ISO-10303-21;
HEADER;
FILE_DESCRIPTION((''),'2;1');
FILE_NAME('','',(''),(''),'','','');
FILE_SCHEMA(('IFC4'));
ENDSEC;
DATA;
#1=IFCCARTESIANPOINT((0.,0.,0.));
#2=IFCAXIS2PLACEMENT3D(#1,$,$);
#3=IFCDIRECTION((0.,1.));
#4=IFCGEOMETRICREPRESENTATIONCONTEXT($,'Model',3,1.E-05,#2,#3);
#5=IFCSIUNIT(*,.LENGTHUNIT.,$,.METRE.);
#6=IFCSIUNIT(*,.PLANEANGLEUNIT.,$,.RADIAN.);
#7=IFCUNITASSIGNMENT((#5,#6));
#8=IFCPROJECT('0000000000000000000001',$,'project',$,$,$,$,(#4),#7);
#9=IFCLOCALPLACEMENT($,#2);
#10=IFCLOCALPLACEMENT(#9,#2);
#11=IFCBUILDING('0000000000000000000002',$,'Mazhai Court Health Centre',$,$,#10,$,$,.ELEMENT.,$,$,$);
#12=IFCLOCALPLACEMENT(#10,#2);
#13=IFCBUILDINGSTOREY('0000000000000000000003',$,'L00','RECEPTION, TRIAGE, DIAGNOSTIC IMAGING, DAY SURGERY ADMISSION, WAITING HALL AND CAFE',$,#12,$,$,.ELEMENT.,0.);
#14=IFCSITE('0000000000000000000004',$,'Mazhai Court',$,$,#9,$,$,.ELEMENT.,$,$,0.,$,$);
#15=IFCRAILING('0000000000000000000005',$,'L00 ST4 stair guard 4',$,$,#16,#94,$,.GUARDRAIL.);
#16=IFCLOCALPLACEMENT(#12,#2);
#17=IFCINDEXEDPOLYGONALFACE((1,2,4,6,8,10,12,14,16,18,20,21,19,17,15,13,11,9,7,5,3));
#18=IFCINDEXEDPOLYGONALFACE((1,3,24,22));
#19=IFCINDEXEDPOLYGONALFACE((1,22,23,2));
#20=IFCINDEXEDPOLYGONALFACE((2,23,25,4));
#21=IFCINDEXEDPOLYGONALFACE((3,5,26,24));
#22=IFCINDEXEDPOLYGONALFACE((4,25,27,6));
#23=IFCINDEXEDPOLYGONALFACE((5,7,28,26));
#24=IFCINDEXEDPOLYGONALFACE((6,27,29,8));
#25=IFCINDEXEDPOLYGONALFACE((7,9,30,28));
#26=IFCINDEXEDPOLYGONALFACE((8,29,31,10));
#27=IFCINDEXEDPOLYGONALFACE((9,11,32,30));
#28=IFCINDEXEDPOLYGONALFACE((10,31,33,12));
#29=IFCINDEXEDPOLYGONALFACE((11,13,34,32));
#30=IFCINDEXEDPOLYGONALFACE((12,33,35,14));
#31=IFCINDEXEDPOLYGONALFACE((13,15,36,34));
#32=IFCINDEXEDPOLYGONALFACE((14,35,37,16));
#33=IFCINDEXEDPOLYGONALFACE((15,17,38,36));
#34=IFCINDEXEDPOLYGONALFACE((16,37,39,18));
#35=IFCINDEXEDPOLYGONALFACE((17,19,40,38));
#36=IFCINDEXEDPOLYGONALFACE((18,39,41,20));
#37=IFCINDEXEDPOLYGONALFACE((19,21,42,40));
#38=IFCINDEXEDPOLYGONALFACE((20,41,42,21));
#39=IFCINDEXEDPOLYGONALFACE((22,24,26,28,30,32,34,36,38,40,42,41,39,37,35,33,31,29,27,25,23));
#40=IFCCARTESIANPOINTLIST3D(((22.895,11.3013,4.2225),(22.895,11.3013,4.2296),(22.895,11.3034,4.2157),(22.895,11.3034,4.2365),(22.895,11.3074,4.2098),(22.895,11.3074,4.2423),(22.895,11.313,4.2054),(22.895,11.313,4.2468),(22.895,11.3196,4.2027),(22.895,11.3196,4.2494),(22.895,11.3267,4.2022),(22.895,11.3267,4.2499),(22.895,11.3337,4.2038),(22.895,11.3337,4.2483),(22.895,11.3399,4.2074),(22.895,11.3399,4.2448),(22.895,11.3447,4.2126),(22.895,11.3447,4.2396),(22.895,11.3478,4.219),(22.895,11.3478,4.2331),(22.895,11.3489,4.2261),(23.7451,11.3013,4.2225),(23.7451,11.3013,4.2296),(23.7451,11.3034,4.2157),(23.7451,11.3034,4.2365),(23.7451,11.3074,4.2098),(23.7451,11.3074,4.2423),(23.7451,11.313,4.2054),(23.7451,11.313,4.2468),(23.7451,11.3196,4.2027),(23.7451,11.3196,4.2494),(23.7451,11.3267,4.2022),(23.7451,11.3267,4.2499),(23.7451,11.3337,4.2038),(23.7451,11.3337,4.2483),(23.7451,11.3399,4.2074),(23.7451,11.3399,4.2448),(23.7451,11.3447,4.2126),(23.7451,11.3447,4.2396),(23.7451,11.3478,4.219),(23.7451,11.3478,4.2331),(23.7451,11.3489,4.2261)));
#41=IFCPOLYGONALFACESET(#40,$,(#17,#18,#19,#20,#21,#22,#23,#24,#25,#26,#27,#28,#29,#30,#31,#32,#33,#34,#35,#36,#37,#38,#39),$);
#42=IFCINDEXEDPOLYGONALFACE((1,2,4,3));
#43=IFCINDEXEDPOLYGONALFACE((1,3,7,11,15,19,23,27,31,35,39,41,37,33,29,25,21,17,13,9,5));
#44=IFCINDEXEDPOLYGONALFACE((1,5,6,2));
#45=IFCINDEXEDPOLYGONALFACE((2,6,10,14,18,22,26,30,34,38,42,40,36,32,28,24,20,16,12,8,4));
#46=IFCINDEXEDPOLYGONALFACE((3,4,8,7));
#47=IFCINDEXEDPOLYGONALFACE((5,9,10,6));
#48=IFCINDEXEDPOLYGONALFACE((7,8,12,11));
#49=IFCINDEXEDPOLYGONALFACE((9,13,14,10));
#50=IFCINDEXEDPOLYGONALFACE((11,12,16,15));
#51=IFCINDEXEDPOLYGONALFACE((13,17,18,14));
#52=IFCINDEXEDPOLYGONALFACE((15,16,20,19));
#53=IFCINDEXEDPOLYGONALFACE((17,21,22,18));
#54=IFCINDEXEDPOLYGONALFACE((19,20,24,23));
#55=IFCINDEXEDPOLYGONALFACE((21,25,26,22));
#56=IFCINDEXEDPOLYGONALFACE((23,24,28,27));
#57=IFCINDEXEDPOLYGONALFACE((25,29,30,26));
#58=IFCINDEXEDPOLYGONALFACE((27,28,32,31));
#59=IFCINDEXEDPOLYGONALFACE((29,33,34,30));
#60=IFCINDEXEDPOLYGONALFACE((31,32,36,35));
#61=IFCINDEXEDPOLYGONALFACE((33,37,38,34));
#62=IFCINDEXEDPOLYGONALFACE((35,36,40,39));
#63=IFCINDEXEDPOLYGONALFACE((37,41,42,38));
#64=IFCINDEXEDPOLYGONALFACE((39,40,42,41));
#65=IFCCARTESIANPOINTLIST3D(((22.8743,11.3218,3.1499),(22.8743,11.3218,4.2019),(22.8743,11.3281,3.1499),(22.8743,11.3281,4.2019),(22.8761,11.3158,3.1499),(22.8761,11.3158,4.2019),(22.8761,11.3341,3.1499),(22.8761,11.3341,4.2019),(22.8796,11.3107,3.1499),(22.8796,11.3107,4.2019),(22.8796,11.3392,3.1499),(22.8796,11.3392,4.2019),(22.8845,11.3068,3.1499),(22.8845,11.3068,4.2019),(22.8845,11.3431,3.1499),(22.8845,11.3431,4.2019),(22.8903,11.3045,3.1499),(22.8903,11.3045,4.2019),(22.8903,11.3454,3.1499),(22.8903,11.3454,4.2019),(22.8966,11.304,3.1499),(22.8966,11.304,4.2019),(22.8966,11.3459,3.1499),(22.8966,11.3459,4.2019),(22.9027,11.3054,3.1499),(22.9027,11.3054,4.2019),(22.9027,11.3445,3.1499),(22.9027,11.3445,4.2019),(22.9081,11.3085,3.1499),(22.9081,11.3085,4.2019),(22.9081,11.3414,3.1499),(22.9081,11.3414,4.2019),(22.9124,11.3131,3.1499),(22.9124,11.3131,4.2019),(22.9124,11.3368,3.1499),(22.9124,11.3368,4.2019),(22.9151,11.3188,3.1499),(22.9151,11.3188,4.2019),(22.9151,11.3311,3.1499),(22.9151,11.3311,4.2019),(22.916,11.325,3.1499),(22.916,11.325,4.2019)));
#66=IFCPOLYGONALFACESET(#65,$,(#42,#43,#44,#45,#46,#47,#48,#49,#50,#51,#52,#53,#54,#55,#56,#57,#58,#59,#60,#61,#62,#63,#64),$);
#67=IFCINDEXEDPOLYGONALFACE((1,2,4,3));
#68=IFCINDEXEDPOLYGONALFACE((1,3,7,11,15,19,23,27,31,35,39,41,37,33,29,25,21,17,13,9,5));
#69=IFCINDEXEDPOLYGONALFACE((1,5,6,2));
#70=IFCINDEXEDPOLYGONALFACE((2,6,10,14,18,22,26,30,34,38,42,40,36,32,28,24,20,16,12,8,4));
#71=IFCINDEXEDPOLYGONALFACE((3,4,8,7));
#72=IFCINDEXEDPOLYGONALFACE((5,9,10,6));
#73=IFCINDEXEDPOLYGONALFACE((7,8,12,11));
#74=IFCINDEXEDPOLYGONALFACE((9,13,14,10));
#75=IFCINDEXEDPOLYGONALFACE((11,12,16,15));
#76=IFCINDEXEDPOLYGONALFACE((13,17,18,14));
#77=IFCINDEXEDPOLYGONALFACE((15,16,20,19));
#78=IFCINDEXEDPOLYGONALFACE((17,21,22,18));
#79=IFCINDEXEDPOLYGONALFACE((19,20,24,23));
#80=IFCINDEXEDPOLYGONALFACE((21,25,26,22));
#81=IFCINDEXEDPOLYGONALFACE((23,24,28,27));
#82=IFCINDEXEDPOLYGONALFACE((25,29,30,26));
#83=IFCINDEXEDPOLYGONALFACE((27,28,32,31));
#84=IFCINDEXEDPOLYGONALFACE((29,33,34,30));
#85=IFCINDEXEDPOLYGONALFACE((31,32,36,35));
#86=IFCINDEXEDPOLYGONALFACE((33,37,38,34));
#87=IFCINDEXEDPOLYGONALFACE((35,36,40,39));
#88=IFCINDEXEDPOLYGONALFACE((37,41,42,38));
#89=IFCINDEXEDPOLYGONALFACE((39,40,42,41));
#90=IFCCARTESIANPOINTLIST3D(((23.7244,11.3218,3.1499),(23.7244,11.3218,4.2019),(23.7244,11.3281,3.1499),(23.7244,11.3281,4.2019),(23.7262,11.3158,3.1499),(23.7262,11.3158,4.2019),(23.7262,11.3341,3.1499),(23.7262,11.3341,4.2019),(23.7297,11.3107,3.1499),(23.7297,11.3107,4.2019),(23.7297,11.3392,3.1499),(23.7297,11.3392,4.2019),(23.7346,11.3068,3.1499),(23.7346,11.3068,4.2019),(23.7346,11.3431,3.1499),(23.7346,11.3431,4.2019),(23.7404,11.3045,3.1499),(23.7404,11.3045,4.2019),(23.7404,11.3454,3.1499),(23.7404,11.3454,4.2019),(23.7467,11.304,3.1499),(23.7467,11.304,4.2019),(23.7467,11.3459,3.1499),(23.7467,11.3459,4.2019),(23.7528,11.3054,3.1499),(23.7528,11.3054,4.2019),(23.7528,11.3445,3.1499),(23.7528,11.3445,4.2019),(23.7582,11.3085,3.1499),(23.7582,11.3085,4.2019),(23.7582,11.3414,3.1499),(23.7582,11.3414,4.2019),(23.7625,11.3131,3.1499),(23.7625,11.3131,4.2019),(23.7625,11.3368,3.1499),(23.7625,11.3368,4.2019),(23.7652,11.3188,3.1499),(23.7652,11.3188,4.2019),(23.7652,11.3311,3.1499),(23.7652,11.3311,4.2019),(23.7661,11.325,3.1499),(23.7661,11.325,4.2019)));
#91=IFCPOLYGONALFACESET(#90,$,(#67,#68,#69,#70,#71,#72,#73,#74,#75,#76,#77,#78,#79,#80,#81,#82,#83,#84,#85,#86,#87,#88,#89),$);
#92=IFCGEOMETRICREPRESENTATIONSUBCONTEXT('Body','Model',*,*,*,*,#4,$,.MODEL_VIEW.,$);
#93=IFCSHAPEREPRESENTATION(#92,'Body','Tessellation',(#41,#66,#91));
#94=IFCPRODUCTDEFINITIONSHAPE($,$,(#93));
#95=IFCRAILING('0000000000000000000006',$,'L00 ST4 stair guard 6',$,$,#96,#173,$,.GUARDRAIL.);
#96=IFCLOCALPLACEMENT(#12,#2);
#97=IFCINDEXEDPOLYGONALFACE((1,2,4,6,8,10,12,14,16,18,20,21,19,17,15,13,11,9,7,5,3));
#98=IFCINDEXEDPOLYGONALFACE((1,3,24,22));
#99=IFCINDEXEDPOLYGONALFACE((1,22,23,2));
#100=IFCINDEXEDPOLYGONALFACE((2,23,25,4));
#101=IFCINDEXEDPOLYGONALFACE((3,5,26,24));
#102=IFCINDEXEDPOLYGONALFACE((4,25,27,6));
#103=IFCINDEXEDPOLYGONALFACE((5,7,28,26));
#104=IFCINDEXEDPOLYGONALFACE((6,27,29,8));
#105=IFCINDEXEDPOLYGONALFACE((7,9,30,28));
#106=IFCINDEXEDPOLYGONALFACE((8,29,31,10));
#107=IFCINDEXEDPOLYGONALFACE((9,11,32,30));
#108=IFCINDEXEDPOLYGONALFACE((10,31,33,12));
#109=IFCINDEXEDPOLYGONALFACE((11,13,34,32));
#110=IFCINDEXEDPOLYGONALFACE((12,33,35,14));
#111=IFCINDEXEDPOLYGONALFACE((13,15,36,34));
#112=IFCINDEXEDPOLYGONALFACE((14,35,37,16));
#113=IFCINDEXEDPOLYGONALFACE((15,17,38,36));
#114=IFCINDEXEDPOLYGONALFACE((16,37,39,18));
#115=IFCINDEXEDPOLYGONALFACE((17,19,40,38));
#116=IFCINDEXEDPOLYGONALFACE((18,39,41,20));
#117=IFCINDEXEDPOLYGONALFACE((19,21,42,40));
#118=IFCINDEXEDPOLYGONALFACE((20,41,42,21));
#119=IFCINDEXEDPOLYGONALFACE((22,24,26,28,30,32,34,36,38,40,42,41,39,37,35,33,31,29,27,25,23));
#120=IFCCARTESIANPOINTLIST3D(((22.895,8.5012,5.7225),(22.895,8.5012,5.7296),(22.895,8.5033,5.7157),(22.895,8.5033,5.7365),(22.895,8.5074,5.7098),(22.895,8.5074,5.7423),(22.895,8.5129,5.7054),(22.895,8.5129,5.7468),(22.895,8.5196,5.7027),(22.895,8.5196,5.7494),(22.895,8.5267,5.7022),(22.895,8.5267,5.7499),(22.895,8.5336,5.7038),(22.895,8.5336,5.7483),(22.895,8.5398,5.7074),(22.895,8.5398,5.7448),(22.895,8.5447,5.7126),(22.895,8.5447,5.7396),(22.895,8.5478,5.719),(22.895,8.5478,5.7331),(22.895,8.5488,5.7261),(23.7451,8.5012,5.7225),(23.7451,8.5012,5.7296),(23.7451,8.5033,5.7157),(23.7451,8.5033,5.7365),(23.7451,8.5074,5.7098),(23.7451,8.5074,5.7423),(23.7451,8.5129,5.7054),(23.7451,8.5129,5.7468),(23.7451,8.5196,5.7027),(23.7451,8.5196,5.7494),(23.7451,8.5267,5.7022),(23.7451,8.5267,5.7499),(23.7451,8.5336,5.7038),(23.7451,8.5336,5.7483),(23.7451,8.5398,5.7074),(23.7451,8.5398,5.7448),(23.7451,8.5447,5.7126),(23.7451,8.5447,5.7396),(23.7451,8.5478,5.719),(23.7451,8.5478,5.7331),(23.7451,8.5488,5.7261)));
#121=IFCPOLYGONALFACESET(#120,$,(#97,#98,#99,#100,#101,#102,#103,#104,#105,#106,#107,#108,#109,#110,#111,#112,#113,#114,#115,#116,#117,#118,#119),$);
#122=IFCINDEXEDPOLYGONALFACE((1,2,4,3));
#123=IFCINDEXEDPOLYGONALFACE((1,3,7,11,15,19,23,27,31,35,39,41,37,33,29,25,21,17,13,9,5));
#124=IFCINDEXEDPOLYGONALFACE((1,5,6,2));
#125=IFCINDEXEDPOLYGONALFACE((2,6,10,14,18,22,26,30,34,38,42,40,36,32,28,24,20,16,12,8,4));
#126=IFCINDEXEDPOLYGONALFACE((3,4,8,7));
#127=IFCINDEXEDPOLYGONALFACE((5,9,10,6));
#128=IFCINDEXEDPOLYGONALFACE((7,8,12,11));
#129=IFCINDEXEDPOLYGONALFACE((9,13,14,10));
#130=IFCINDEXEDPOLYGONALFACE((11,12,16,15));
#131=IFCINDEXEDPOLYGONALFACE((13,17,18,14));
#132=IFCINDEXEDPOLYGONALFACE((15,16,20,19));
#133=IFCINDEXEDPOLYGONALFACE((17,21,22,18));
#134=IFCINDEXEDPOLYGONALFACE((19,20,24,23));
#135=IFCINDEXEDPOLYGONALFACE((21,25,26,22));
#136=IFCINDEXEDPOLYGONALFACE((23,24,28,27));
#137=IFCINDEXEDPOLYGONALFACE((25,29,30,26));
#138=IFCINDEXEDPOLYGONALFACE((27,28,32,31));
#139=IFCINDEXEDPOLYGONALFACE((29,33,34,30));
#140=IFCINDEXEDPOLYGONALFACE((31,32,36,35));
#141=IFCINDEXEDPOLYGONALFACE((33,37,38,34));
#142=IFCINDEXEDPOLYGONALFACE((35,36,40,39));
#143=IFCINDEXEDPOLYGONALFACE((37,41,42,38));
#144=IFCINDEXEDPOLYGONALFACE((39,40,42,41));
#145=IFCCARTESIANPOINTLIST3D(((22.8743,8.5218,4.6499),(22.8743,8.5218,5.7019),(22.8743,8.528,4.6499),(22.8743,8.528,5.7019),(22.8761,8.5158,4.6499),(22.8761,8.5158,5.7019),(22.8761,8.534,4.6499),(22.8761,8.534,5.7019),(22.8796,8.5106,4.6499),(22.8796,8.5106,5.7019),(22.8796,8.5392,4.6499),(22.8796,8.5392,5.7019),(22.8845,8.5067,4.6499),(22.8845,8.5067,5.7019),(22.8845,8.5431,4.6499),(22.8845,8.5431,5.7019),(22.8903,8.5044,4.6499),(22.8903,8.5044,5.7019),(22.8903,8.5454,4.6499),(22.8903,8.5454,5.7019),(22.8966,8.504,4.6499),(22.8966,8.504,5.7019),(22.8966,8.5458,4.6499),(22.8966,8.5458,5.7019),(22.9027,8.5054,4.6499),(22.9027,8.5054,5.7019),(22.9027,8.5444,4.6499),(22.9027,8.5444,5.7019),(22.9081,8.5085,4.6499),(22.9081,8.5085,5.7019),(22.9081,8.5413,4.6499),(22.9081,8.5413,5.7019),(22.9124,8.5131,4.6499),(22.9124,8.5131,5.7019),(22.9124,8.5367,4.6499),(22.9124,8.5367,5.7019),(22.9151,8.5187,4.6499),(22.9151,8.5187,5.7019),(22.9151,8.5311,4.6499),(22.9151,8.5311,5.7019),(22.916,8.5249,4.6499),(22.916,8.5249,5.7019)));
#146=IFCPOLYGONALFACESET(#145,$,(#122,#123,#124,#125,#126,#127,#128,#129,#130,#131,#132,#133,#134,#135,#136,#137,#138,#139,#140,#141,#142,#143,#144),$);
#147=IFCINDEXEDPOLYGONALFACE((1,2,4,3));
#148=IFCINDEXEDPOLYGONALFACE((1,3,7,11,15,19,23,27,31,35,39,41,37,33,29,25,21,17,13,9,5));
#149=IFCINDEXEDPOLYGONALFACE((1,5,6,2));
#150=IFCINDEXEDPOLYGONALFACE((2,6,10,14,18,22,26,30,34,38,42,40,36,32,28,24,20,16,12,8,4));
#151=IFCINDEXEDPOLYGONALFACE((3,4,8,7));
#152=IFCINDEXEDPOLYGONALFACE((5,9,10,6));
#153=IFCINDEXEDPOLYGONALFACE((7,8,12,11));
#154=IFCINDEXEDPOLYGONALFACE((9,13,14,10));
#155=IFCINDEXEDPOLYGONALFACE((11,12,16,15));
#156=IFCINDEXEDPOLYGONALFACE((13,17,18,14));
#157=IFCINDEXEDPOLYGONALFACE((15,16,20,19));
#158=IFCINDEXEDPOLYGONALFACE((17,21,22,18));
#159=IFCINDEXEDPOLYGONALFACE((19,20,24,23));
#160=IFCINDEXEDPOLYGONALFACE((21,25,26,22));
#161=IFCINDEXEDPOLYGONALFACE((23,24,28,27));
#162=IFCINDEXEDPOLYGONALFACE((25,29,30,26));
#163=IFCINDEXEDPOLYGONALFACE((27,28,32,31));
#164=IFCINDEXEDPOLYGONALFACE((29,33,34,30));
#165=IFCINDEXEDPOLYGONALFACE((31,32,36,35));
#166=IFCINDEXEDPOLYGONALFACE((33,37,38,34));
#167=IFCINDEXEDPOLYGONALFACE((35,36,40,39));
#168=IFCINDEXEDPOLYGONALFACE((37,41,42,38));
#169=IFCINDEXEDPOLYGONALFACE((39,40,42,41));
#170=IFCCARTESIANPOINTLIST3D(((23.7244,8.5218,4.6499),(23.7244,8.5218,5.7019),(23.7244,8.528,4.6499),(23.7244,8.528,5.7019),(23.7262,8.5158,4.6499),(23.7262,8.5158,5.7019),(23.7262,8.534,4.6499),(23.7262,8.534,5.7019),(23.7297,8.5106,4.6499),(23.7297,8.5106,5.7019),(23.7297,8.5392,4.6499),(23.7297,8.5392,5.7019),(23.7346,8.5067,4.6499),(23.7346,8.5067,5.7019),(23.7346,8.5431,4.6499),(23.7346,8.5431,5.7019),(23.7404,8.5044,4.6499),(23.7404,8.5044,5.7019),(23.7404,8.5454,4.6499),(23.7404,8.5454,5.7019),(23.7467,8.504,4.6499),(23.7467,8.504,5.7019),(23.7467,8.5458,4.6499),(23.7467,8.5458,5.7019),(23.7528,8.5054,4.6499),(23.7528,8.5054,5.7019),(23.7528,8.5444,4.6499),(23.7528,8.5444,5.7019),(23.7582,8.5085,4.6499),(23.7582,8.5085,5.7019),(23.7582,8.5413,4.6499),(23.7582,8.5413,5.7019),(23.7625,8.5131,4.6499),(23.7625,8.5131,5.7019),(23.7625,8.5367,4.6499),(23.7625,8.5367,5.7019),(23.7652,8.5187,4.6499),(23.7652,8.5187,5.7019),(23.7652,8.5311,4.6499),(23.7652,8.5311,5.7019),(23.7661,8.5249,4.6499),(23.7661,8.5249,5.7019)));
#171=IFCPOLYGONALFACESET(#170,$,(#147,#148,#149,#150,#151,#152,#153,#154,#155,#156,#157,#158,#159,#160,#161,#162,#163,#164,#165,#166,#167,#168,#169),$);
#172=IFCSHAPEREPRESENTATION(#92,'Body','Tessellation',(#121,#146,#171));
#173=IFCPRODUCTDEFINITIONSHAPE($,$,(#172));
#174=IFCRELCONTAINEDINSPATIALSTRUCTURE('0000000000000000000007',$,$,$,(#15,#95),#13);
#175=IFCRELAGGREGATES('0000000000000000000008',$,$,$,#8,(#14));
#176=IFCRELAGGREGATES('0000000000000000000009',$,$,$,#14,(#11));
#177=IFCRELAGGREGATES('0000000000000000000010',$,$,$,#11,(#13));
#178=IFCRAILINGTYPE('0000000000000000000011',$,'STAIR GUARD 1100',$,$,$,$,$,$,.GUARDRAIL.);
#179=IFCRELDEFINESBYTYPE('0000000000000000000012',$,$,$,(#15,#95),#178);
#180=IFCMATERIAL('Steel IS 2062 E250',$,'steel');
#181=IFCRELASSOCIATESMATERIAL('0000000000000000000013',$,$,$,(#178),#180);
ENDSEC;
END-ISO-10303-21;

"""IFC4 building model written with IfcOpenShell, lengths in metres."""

from ifc_helpers import new_model, si_unit, direction, frame, origin, origin_2d, place, context, subcontext, project, spatial, circle, extrude, material, type_object, element, save


model = new_model("IFC4")

# Units and contexts
model_context = context("Model", 3, precision=1e-05, world=origin(), true_north=direction((0.0, 1.0)))
body_context = subcontext(model_context, "Body", "Model", "MODEL_VIEW")
ifc_project = project(units=[si_unit("LENGTHUNIT", "METRE"), si_unit("PLANEANGLEUNIT", "RADIAN")], contexts=[model_context])

# Site, building, storey
site_placement = place(None, origin())
site = spatial("IfcSite", under=ifc_project, at=site_placement, Name="Mazhai Court", CompositionType="ELEMENT", RefElevation=0.0)
building_placement = place(site_placement, origin())
building = spatial("IfcBuilding", under=site, at=building_placement, Name="Mazhai Court Health Centre", CompositionType="ELEMENT")
storey_placement = place(building_placement, origin())
storey = spatial("IfcBuildingStorey", under=building, at=storey_placement, Name="L00", Description="RECEPTION, TRIAGE, DIAGNOSTIC IMAGING, DAY SURGERY ADMISSION, WAITING HALL AND CAFE", CompositionType="ELEMENT", Elevation=0.0)

# Railings
ifc_material_1 = material(Name="Steel IS 2062 E250", Category="steel")
railing_type = type_object("IfcRailingType", Name="STAIR GUARD 1100", PredefinedType="GUARDRAIL", material=ifc_material_1)
for number, where, name in (
    (1, (22.895, 11.325, 3.1499), "L00 ST4 stair guard 4"),
    (2, (22.895, 8.5249, 4.6499), "L00 ST4 stair guard 6"),
):
    element("IfcRailing", number, at=place(storey_placement, frame(where)), inside=storey, type_object=railing_type, Name=name, PredefinedType="GUARDRAIL", context=body_context, shape_type="SweptSolid", body=[
        extrude(circle(Radius=0.0239, at=origin_2d()), frame((0.0, 0.0, 1.0762), z_axis=(1.0, 0.0, 0.0), x_axis=(0.0, 1.0, 0.0)), (0.0, 0.0, 1.0), 0.8501),
        extrude(circle(Radius=0.021, at=origin_2d()), origin(), (0.0, 0.0, 1.0), 1.052),
        extrude(circle(Radius=0.021, at=origin_2d()), frame((0.8501, 0.0, 0.0)), (0.0, 0.0, 1.0), 1.052),
    ])

save(model, "model.ifc")
